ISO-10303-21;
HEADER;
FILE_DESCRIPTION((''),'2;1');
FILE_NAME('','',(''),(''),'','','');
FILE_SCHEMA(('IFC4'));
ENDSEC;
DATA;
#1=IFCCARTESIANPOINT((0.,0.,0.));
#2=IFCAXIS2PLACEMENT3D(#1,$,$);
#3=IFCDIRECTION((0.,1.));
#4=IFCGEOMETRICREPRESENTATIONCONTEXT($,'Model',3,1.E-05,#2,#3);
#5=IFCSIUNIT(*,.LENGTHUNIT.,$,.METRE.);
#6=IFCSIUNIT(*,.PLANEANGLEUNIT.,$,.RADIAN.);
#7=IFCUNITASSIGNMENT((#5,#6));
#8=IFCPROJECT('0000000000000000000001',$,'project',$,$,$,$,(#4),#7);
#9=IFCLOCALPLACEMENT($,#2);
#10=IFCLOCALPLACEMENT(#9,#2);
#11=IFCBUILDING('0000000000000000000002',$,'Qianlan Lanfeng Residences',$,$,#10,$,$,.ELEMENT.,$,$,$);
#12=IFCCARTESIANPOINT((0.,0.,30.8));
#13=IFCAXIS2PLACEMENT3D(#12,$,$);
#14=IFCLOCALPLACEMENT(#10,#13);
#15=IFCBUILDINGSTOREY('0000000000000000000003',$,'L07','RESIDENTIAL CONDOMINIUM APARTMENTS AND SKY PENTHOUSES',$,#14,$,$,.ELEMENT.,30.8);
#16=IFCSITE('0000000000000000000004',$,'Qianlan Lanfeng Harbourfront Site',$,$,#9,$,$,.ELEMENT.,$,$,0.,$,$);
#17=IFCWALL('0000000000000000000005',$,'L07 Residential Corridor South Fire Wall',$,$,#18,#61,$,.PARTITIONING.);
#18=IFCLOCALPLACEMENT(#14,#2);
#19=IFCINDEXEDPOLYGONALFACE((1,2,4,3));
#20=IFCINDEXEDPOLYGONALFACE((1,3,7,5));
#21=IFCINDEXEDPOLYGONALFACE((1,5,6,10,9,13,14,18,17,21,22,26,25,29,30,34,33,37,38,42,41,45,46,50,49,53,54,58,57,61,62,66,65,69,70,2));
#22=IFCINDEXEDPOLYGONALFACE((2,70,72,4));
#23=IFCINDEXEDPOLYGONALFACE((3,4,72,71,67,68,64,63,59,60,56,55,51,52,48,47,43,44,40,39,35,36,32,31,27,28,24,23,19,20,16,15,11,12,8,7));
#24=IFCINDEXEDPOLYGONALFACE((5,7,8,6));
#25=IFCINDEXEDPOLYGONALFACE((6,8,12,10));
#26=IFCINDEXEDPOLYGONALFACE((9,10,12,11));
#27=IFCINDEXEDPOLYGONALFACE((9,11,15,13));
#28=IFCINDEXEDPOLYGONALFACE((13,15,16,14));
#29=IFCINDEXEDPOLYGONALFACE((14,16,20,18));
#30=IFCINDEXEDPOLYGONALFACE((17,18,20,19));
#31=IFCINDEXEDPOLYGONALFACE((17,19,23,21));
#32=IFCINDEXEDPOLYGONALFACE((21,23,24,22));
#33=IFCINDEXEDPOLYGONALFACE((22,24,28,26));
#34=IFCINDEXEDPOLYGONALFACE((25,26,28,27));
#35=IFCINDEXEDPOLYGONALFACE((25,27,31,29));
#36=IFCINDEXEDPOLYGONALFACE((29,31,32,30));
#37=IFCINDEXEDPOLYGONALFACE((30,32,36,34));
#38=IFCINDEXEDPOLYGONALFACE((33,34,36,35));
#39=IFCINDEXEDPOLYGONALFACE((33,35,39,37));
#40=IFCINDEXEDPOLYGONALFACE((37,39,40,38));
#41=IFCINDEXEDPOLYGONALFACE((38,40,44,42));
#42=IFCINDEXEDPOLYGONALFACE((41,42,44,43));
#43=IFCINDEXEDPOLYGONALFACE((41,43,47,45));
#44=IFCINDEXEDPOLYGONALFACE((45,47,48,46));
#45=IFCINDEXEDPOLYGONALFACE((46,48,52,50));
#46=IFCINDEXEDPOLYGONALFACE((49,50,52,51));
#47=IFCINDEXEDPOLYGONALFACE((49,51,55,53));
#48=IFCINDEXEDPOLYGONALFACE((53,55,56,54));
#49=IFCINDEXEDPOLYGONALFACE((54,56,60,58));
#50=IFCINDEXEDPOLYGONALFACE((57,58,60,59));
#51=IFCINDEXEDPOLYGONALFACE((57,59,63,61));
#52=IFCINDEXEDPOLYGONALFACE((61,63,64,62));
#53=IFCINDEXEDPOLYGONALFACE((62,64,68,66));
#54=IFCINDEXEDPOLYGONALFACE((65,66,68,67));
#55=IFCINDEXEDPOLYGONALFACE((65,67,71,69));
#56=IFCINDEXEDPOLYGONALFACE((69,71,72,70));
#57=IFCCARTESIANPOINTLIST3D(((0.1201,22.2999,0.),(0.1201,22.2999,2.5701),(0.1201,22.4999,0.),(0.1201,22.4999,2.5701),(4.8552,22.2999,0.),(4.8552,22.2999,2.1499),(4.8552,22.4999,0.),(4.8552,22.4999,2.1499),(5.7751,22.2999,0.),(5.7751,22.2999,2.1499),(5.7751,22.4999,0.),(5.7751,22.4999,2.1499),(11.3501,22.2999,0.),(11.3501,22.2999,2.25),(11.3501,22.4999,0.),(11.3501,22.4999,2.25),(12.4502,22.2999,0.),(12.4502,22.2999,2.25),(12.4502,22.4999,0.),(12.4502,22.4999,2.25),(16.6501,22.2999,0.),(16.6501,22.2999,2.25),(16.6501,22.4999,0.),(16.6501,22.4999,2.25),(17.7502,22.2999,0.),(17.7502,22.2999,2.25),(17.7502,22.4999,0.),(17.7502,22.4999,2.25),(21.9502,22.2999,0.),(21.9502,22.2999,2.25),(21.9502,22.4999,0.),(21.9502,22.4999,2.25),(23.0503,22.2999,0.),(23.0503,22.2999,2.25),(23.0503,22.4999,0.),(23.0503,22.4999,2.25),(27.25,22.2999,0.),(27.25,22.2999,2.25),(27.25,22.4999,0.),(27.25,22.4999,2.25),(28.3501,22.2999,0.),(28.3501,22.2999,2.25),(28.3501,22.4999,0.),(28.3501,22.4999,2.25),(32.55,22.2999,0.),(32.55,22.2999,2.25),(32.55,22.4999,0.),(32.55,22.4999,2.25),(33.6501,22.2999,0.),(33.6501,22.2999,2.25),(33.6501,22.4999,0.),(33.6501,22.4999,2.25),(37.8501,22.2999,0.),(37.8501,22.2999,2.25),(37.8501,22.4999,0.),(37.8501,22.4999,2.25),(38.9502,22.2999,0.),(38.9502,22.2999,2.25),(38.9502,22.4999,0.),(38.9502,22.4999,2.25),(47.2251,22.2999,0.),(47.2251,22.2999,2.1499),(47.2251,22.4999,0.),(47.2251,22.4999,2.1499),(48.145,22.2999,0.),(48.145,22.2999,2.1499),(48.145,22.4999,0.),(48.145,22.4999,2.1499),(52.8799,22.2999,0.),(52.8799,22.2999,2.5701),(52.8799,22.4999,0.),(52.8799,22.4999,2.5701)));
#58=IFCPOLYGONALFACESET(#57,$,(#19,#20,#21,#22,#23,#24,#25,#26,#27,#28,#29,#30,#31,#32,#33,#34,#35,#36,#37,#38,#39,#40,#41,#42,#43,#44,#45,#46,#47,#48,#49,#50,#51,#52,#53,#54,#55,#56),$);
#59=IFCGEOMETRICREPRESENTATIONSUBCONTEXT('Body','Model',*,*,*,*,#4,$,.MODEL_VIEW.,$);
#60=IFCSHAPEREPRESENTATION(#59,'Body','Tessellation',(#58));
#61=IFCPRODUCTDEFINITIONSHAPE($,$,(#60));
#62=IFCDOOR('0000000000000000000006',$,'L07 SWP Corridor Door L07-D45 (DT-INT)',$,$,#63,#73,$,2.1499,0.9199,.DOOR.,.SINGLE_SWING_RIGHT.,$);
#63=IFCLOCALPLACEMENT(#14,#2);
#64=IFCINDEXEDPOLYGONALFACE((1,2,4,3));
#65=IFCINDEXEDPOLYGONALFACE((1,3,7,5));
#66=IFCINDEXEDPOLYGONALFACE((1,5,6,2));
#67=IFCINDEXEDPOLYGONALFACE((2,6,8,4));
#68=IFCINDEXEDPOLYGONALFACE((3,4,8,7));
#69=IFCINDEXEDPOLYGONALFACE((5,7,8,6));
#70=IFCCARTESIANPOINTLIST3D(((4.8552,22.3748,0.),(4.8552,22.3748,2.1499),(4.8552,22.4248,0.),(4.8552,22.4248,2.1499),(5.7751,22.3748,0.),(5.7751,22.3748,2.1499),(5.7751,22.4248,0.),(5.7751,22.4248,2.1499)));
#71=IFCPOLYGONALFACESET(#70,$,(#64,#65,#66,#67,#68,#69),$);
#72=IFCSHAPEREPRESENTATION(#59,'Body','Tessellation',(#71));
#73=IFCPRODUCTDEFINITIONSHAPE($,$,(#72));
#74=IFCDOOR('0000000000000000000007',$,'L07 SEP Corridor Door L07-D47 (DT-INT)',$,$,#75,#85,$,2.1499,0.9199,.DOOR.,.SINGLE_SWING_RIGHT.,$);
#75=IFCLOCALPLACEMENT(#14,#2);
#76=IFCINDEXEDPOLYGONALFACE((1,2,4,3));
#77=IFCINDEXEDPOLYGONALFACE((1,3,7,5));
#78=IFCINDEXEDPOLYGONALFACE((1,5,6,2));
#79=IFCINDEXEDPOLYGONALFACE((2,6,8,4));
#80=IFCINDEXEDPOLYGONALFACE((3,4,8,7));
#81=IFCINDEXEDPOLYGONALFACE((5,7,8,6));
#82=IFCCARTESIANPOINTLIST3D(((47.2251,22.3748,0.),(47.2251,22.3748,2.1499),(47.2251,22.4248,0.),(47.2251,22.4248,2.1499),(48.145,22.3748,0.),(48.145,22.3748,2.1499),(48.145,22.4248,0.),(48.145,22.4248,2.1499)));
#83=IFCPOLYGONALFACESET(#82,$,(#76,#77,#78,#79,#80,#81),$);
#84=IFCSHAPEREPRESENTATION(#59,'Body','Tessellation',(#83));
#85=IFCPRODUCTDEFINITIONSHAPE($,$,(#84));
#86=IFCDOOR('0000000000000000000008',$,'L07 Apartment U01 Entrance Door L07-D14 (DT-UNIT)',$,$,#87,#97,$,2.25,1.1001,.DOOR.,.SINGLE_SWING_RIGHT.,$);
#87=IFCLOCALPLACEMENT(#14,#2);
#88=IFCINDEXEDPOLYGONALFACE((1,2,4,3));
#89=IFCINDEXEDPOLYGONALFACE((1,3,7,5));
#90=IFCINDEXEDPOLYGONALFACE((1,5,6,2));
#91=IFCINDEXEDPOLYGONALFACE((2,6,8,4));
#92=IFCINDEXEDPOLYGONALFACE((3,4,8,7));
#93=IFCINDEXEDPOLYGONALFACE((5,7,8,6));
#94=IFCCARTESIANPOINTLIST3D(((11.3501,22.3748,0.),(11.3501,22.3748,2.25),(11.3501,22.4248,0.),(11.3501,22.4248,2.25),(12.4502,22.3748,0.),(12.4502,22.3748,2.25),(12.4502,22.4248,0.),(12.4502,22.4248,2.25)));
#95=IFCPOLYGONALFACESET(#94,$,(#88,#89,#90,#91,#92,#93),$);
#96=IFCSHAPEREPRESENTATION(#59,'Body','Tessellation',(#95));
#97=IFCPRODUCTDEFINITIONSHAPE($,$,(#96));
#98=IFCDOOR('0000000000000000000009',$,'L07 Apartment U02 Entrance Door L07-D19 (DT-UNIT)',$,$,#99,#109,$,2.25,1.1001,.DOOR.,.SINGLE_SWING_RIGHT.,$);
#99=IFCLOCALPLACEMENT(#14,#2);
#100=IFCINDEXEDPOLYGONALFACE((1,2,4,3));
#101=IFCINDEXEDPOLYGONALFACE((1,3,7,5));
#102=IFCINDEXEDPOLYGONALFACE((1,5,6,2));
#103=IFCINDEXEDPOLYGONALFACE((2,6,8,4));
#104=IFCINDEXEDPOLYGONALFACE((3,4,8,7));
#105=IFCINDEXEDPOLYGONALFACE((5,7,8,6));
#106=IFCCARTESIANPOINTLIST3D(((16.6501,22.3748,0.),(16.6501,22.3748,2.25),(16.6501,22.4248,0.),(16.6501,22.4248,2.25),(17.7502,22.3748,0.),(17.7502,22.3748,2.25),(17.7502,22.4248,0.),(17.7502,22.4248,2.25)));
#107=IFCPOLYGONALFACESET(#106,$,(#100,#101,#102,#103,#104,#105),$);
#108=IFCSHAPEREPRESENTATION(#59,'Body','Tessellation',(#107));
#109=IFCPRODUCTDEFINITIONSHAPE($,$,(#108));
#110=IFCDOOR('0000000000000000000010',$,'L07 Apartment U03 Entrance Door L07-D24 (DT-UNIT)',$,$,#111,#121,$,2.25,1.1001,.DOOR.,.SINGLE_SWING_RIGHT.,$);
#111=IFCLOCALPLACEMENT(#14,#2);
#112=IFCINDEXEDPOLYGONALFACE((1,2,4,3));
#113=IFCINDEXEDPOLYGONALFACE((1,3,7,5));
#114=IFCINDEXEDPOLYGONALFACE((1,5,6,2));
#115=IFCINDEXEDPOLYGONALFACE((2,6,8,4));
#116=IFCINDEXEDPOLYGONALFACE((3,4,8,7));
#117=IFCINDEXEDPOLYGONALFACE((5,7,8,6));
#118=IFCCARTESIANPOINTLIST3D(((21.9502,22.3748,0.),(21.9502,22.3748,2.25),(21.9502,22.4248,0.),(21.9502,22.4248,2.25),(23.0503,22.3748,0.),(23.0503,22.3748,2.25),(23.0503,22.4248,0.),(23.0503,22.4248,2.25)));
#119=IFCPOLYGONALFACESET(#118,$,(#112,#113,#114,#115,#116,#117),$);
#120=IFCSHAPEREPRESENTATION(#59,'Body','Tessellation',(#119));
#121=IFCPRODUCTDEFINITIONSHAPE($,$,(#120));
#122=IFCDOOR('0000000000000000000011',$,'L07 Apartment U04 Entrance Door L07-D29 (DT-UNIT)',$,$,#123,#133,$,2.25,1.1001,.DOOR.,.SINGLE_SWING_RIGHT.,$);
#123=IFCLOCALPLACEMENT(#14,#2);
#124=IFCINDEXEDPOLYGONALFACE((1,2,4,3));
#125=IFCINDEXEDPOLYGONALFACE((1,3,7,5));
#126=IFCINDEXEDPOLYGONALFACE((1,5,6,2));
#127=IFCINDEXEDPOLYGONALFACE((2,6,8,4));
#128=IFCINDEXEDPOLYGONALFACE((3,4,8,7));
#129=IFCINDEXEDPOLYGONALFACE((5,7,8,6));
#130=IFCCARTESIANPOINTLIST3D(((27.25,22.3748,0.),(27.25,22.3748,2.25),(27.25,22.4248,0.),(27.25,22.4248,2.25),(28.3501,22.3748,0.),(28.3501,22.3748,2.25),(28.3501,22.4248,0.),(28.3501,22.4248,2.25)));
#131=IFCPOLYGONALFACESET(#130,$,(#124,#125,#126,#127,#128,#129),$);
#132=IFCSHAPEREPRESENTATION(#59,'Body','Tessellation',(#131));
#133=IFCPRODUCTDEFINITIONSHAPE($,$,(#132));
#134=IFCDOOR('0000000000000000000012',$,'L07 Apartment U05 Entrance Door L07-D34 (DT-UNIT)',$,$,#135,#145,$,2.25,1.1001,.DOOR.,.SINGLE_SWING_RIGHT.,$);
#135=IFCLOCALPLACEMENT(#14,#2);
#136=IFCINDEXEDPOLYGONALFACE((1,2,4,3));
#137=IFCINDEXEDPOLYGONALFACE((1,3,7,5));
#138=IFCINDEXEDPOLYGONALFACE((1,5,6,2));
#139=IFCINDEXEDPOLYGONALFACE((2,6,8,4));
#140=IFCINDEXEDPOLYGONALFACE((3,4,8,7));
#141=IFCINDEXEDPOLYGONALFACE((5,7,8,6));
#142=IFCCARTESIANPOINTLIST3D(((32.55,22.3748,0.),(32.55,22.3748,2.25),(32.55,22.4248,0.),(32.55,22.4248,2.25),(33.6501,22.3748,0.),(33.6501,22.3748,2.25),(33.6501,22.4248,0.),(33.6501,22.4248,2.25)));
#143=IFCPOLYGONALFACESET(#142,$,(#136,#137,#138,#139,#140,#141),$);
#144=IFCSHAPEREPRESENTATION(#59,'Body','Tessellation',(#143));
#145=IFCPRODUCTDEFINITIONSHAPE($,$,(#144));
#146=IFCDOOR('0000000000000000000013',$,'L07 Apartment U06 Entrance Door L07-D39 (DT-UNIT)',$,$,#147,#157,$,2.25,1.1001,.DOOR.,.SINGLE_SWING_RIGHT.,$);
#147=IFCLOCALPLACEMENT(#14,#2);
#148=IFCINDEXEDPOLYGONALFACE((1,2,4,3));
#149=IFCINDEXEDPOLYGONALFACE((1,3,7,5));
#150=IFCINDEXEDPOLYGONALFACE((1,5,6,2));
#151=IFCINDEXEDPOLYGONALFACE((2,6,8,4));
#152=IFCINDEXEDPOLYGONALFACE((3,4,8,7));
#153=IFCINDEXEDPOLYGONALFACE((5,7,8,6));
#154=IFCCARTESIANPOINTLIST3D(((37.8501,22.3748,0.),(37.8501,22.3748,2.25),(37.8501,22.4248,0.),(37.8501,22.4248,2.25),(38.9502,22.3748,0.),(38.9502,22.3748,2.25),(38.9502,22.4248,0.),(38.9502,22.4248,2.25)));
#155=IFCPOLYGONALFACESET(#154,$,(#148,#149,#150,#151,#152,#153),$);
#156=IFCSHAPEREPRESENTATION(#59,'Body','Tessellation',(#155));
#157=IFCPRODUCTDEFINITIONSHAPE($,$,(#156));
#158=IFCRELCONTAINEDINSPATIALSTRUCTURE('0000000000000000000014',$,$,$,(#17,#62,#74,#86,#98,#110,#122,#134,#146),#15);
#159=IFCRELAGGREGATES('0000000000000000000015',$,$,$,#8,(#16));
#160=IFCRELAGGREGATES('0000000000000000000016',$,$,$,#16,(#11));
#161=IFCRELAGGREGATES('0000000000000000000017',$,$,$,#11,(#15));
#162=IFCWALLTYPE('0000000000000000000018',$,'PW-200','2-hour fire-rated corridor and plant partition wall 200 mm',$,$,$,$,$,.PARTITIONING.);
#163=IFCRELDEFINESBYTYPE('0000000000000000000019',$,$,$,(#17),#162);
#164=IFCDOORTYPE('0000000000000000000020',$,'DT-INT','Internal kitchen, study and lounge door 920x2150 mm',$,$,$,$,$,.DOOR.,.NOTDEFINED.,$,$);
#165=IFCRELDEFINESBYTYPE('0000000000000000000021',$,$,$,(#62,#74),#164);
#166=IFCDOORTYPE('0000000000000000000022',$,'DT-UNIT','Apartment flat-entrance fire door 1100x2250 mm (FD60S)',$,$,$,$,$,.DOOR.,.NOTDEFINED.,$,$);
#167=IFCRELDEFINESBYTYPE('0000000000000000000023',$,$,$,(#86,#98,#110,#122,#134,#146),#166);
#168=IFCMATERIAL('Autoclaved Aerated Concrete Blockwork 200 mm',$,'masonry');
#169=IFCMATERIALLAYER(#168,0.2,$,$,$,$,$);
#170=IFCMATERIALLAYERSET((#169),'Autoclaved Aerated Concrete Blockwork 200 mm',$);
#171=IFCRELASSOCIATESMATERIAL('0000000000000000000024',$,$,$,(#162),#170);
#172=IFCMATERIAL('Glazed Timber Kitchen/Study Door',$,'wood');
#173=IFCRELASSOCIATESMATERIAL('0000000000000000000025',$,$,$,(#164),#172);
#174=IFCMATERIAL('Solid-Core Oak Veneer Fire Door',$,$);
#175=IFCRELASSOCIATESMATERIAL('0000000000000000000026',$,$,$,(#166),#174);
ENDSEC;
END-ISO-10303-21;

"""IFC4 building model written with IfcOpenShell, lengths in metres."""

from ifc_helpers import new_model, si_unit, direction, frame, frame_2d, origin, place, context, subcontext, project, spatial, rectangle, extrude, material, layer, layer_set, type_object, element, fill, save


model = new_model("IFC4")

# Units and contexts
model_context = context("Model", 3, precision=1e-05, world=origin(), true_north=direction((0.0, 1.0)))
body_context = subcontext(model_context, "Body", "Model", "MODEL_VIEW")
ifc_project = project(units=[si_unit("LENGTHUNIT", "METRE"), si_unit("PLANEANGLEUNIT", "RADIAN")], contexts=[model_context])

# Site, building, storey
site_placement = place(None, origin())
site = spatial("IfcSite", under=ifc_project, at=site_placement, Name="Qianlan Lanfeng Harbourfront Site", CompositionType="ELEMENT", RefElevation=0.0)
building_placement = place(site_placement, origin())
building = spatial("IfcBuilding", under=site, at=building_placement, Name="Qianlan Lanfeng Residences", CompositionType="ELEMENT")
storey_placement = place(building_placement, frame((0.0, 0.0, 30.8)))
storey = spatial("IfcBuildingStorey", under=building, at=storey_placement, Name="L07", Description="RESIDENTIAL CONDOMINIUM APARTMENTS AND SKY PENTHOUSES", CompositionType="ELEMENT", Elevation=30.8)

# Wall, openings, doors
ifc_material_1 = material(Name="Autoclaved Aerated Concrete Blockwork 200 mm", Category="masonry")
ifc_layer = layer(ifc_material_1, 0.2)
ifc_layer_set = layer_set([ifc_layer], Name="Autoclaved Aerated Concrete Blockwork 200 mm")
wall_type = type_object("IfcWallType", Name="PW-200", Description="2-hour fire-rated corridor and plant partition wall 200 mm", PredefinedType="PARTITIONING", material=ifc_layer_set)
wall_1_placement = place(storey_placement, frame((0.1201, 22.3999, 0.0), z_axis=(0.0, 0.0, 1.0), x_axis=(1.0, 0.0, 0.0)))
wall_1 = element("IfcWall", 1, at=wall_1_placement, inside=storey, type_object=wall_type, Name="L07 Residential Corridor South Fire Wall", PredefinedType="PARTITIONING", context=body_context, shape_type="SweptSolid", body=[
    extrude(rectangle(XDim=52.7598, YDim=0.2, at=frame_2d((26.3799, 0.0))), origin(), (0.0, 0.0, 1.0), 2.5701),
])
opening_1_placement = place(wall_1_placement, frame((11.23, 0.0, 0.0)))
opening_1 = element("IfcOpeningElement", 2, at=opening_1_placement, cuts=wall_1, PredefinedType="OPENING", context=body_context, shape_type="SweptSolid", body=[
    extrude(rectangle(XDim=1.1001, YDim=2.25, at=frame_2d((0.55, 1.125))), frame((0.0, 0.1099, 0.0), z_axis=(0.0, -1.0, 0.0), x_axis=(1.0, 0.0, 0.0)), (0.0, 0.0, 1.0), 0.22),
])
opening_2_placement = place(wall_1_placement, frame((16.53, 0.0, 0.0)))
opening_2 = element("IfcOpeningElement", 3, at=opening_2_placement, cuts=wall_1, PredefinedType="OPENING", context=body_context, shape_type="SweptSolid", body=[
    extrude(rectangle(XDim=1.1001, YDim=2.25, at=frame_2d((0.55, 1.125))), frame((0.0, 0.1099, 0.0), z_axis=(0.0, -1.0, 0.0), x_axis=(1.0, 0.0, 0.0)), (0.0, 0.0, 1.0), 0.22),
])
opening_3_placement = place(wall_1_placement, frame((21.8301, 0.0, 0.0)))
opening_3 = element("IfcOpeningElement", 4, at=opening_3_placement, cuts=wall_1, PredefinedType="OPENING", context=body_context, shape_type="SweptSolid", body=[
    extrude(rectangle(XDim=1.1001, YDim=2.25, at=frame_2d((0.55, 1.125))), frame((0.0, 0.1099, 0.0), z_axis=(0.0, -1.0, 0.0), x_axis=(1.0, 0.0, 0.0)), (0.0, 0.0, 1.0), 0.22),
])
opening_4_placement = place(wall_1_placement, frame((27.1299, 0.0, 0.0)))
opening_4 = element("IfcOpeningElement", 5, at=opening_4_placement, cuts=wall_1, PredefinedType="OPENING", context=body_context, shape_type="SweptSolid", body=[
    extrude(rectangle(XDim=1.1001, YDim=2.25, at=frame_2d((0.55, 1.125))), frame((0.0, 0.1099, 0.0), z_axis=(0.0, -1.0, 0.0), x_axis=(1.0, 0.0, 0.0)), (0.0, 0.0, 1.0), 0.22),
])
opening_5_placement = place(wall_1_placement, frame((32.4299, 0.0, 0.0)))
opening_5 = element("IfcOpeningElement", 6, at=opening_5_placement, cuts=wall_1, PredefinedType="OPENING", context=body_context, shape_type="SweptSolid", body=[
    extrude(rectangle(XDim=1.1001, YDim=2.25, at=frame_2d((0.55, 1.125))), frame((0.0, 0.1099, 0.0), z_axis=(0.0, -1.0, 0.0), x_axis=(1.0, 0.0, 0.0)), (0.0, 0.0, 1.0), 0.22),
])
opening_6_placement = place(wall_1_placement, frame((37.73, 0.0, 0.0)))
opening_6 = element("IfcOpeningElement", 7, at=opening_6_placement, cuts=wall_1, PredefinedType="OPENING", context=body_context, shape_type="SweptSolid", body=[
    extrude(rectangle(XDim=1.1001, YDim=2.25, at=frame_2d((0.55, 1.125))), frame((0.0, 0.1099, 0.0), z_axis=(0.0, -1.0, 0.0), x_axis=(1.0, 0.0, 0.0)), (0.0, 0.0, 1.0), 0.22),
])
opening_7_placement = place(wall_1_placement, frame((4.7351, 0.0, 0.0)))
opening_7 = element("IfcOpeningElement", 8, at=opening_7_placement, cuts=wall_1, PredefinedType="OPENING", context=body_context, shape_type="SweptSolid", body=[
    extrude(rectangle(XDim=0.9199, YDim=2.1499, at=frame_2d((0.46, 1.075))), frame((0.0, 0.1099, 0.0), z_axis=(0.0, -1.0, 0.0), x_axis=(1.0, 0.0, 0.0)), (0.0, 0.0, 1.0), 0.22),
])
opening_8_placement = place(wall_1_placement, frame((47.105, 0.0, 0.0)))
opening_8 = element("IfcOpeningElement", 9, at=opening_8_placement, cuts=wall_1, PredefinedType="OPENING", context=body_context, shape_type="SweptSolid", body=[
    extrude(rectangle(XDim=0.9199, YDim=2.1499, at=frame_2d((0.46, 1.075))), frame((0.0, 0.1099, 0.0), z_axis=(0.0, -1.0, 0.0), x_axis=(1.0, 0.0, 0.0)), (0.0, 0.0, 1.0), 0.22),
])
ifc_material_2 = material(Name="Glazed Timber Kitchen/Study Door", Category="wood")
door_type_1 = type_object("IfcDoorType", Name="DT-INT", Description="Internal kitchen, study and lounge door 920x2150 mm", OperationType="NOTDEFINED", PredefinedType="DOOR", material=ifc_material_2)
door_1_placement = place(opening_7_placement, origin())
door_1 = element("IfcDoor", 10, at=door_1_placement, inside=storey, type_object=door_type_1, Name="L07 SWP Corridor Door L07-D45 (DT-INT)", OperationType="SINGLE_SWING_RIGHT", OverallHeight=2.1499, OverallWidth=0.9199, PredefinedType="DOOR", context=body_context, shape_type="SweptSolid", body=[
    extrude(rectangle(XDim=0.9199, YDim=2.1499, at=frame_2d((0.46, 1.075))), frame((0.0, 0.0249, 0.0), z_axis=(0.0, -1.0, 0.0), x_axis=(1.0, 0.0, 0.0)), (0.0, 0.0, 1.0), 0.05),
])
fill(opening_7, door_1)
door_2_placement = place(opening_8_placement, origin())
door_2 = element("IfcDoor", 11, at=door_2_placement, inside=storey, type_object=door_type_1, Name="L07 SEP Corridor Door L07-D47 (DT-INT)", OperationType="SINGLE_SWING_RIGHT", OverallHeight=2.1499, OverallWidth=0.9199, PredefinedType="DOOR", context=body_context, shape_type="SweptSolid", body=[
    extrude(rectangle(XDim=0.9199, YDim=2.1499, at=frame_2d((0.46, 1.075))), frame((0.0, 0.0249, 0.0), z_axis=(0.0, -1.0, 0.0), x_axis=(1.0, 0.0, 0.0)), (0.0, 0.0, 1.0), 0.05),
])
fill(opening_8, door_2)
ifc_material_3 = material(Name="Solid-Core Oak Veneer Fire Door")
door_type_2 = type_object("IfcDoorType", Name="DT-UNIT", Description="Apartment flat-entrance fire door 1100x2250 mm (FD60S)", OperationType="NOTDEFINED", PredefinedType="DOOR", material=ifc_material_3)
door_3_placement = place(opening_1_placement, origin())
door_3 = element("IfcDoor", 12, at=door_3_placement, inside=storey, type_object=door_type_2, Name="L07 Apartment U01 Entrance Door L07-D14 (DT-UNIT)", OperationType="SINGLE_SWING_RIGHT", OverallHeight=2.25, OverallWidth=1.1001, PredefinedType="DOOR", context=body_context, shape_type="SweptSolid", body=[
    extrude(rectangle(XDim=1.1001, YDim=2.25, at=frame_2d((0.55, 1.125))), frame((0.0, 0.0249, 0.0), z_axis=(0.0, -1.0, 0.0), x_axis=(1.0, 0.0, 0.0)), (0.0, 0.0, 1.0), 0.05),
])
fill(opening_1, door_3)
door_4_placement = place(opening_2_placement, origin())
door_4 = element("IfcDoor", 13, at=door_4_placement, inside=storey, type_object=door_type_2, Name="L07 Apartment U02 Entrance Door L07-D19 (DT-UNIT)", OperationType="SINGLE_SWING_RIGHT", OverallHeight=2.25, OverallWidth=1.1001, PredefinedType="DOOR", context=body_context, shape_type="SweptSolid", body=[
    extrude(rectangle(XDim=1.1001, YDim=2.25, at=frame_2d((0.55, 1.125))), frame((0.0, 0.0249, 0.0), z_axis=(0.0, -1.0, 0.0), x_axis=(1.0, 0.0, 0.0)), (0.0, 0.0, 1.0), 0.05),
])
fill(opening_2, door_4)
door_5_placement = place(opening_3_placement, origin())
door_5 = element("IfcDoor", 14, at=door_5_placement, inside=storey, type_object=door_type_2, Name="L07 Apartment U03 Entrance Door L07-D24 (DT-UNIT)", OperationType="SINGLE_SWING_RIGHT", OverallHeight=2.25, OverallWidth=1.1001, PredefinedType="DOOR", context=body_context, shape_type="SweptSolid", body=[
    extrude(rectangle(XDim=1.1001, YDim=2.25, at=frame_2d((0.55, 1.125))), frame((0.0, 0.0249, 0.0), z_axis=(0.0, -1.0, 0.0), x_axis=(1.0, 0.0, 0.0)), (0.0, 0.0, 1.0), 0.05),
])
fill(opening_3, door_5)
door_6_placement = place(opening_4_placement, origin())
door_6 = element("IfcDoor", 15, at=door_6_placement, inside=storey, type_object=door_type_2, Name="L07 Apartment U04 Entrance Door L07-D29 (DT-UNIT)", OperationType="SINGLE_SWING_RIGHT", OverallHeight=2.25, OverallWidth=1.1001, PredefinedType="DOOR", context=body_context, shape_type="SweptSolid", body=[
    extrude(rectangle(XDim=1.1001, YDim=2.25, at=frame_2d((0.55, 1.125))), frame((0.0, 0.0249, 0.0), z_axis=(0.0, -1.0, 0.0), x_axis=(1.0, 0.0, 0.0)), (0.0, 0.0, 1.0), 0.05),
])
fill(opening_4, door_6)
door_7_placement = place(opening_5_placement, origin())
door_7 = element("IfcDoor", 16, at=door_7_placement, inside=storey, type_object=door_type_2, Name="L07 Apartment U05 Entrance Door L07-D34 (DT-UNIT)", OperationType="SINGLE_SWING_RIGHT", OverallHeight=2.25, OverallWidth=1.1001, PredefinedType="DOOR", context=body_context, shape_type="SweptSolid", body=[
    extrude(rectangle(XDim=1.1001, YDim=2.25, at=frame_2d((0.55, 1.125))), frame((0.0, 0.0249, 0.0), z_axis=(0.0, -1.0, 0.0), x_axis=(1.0, 0.0, 0.0)), (0.0, 0.0, 1.0), 0.05),
])
fill(opening_5, door_7)
door_8_placement = place(opening_6_placement, origin())
door_8 = element("IfcDoor", 17, at=door_8_placement, inside=storey, type_object=door_type_2, Name="L07 Apartment U06 Entrance Door L07-D39 (DT-UNIT)", OperationType="SINGLE_SWING_RIGHT", OverallHeight=2.25, OverallWidth=1.1001, PredefinedType="DOOR", context=body_context, shape_type="SweptSolid", body=[
    extrude(rectangle(XDim=1.1001, YDim=2.25, at=frame_2d((0.55, 1.125))), frame((0.0, 0.0249, 0.0), z_axis=(0.0, -1.0, 0.0), x_axis=(1.0, 0.0, 0.0)), (0.0, 0.0, 1.0), 0.05),
])
fill(opening_6, door_8)

save(model, "model.ifc")
